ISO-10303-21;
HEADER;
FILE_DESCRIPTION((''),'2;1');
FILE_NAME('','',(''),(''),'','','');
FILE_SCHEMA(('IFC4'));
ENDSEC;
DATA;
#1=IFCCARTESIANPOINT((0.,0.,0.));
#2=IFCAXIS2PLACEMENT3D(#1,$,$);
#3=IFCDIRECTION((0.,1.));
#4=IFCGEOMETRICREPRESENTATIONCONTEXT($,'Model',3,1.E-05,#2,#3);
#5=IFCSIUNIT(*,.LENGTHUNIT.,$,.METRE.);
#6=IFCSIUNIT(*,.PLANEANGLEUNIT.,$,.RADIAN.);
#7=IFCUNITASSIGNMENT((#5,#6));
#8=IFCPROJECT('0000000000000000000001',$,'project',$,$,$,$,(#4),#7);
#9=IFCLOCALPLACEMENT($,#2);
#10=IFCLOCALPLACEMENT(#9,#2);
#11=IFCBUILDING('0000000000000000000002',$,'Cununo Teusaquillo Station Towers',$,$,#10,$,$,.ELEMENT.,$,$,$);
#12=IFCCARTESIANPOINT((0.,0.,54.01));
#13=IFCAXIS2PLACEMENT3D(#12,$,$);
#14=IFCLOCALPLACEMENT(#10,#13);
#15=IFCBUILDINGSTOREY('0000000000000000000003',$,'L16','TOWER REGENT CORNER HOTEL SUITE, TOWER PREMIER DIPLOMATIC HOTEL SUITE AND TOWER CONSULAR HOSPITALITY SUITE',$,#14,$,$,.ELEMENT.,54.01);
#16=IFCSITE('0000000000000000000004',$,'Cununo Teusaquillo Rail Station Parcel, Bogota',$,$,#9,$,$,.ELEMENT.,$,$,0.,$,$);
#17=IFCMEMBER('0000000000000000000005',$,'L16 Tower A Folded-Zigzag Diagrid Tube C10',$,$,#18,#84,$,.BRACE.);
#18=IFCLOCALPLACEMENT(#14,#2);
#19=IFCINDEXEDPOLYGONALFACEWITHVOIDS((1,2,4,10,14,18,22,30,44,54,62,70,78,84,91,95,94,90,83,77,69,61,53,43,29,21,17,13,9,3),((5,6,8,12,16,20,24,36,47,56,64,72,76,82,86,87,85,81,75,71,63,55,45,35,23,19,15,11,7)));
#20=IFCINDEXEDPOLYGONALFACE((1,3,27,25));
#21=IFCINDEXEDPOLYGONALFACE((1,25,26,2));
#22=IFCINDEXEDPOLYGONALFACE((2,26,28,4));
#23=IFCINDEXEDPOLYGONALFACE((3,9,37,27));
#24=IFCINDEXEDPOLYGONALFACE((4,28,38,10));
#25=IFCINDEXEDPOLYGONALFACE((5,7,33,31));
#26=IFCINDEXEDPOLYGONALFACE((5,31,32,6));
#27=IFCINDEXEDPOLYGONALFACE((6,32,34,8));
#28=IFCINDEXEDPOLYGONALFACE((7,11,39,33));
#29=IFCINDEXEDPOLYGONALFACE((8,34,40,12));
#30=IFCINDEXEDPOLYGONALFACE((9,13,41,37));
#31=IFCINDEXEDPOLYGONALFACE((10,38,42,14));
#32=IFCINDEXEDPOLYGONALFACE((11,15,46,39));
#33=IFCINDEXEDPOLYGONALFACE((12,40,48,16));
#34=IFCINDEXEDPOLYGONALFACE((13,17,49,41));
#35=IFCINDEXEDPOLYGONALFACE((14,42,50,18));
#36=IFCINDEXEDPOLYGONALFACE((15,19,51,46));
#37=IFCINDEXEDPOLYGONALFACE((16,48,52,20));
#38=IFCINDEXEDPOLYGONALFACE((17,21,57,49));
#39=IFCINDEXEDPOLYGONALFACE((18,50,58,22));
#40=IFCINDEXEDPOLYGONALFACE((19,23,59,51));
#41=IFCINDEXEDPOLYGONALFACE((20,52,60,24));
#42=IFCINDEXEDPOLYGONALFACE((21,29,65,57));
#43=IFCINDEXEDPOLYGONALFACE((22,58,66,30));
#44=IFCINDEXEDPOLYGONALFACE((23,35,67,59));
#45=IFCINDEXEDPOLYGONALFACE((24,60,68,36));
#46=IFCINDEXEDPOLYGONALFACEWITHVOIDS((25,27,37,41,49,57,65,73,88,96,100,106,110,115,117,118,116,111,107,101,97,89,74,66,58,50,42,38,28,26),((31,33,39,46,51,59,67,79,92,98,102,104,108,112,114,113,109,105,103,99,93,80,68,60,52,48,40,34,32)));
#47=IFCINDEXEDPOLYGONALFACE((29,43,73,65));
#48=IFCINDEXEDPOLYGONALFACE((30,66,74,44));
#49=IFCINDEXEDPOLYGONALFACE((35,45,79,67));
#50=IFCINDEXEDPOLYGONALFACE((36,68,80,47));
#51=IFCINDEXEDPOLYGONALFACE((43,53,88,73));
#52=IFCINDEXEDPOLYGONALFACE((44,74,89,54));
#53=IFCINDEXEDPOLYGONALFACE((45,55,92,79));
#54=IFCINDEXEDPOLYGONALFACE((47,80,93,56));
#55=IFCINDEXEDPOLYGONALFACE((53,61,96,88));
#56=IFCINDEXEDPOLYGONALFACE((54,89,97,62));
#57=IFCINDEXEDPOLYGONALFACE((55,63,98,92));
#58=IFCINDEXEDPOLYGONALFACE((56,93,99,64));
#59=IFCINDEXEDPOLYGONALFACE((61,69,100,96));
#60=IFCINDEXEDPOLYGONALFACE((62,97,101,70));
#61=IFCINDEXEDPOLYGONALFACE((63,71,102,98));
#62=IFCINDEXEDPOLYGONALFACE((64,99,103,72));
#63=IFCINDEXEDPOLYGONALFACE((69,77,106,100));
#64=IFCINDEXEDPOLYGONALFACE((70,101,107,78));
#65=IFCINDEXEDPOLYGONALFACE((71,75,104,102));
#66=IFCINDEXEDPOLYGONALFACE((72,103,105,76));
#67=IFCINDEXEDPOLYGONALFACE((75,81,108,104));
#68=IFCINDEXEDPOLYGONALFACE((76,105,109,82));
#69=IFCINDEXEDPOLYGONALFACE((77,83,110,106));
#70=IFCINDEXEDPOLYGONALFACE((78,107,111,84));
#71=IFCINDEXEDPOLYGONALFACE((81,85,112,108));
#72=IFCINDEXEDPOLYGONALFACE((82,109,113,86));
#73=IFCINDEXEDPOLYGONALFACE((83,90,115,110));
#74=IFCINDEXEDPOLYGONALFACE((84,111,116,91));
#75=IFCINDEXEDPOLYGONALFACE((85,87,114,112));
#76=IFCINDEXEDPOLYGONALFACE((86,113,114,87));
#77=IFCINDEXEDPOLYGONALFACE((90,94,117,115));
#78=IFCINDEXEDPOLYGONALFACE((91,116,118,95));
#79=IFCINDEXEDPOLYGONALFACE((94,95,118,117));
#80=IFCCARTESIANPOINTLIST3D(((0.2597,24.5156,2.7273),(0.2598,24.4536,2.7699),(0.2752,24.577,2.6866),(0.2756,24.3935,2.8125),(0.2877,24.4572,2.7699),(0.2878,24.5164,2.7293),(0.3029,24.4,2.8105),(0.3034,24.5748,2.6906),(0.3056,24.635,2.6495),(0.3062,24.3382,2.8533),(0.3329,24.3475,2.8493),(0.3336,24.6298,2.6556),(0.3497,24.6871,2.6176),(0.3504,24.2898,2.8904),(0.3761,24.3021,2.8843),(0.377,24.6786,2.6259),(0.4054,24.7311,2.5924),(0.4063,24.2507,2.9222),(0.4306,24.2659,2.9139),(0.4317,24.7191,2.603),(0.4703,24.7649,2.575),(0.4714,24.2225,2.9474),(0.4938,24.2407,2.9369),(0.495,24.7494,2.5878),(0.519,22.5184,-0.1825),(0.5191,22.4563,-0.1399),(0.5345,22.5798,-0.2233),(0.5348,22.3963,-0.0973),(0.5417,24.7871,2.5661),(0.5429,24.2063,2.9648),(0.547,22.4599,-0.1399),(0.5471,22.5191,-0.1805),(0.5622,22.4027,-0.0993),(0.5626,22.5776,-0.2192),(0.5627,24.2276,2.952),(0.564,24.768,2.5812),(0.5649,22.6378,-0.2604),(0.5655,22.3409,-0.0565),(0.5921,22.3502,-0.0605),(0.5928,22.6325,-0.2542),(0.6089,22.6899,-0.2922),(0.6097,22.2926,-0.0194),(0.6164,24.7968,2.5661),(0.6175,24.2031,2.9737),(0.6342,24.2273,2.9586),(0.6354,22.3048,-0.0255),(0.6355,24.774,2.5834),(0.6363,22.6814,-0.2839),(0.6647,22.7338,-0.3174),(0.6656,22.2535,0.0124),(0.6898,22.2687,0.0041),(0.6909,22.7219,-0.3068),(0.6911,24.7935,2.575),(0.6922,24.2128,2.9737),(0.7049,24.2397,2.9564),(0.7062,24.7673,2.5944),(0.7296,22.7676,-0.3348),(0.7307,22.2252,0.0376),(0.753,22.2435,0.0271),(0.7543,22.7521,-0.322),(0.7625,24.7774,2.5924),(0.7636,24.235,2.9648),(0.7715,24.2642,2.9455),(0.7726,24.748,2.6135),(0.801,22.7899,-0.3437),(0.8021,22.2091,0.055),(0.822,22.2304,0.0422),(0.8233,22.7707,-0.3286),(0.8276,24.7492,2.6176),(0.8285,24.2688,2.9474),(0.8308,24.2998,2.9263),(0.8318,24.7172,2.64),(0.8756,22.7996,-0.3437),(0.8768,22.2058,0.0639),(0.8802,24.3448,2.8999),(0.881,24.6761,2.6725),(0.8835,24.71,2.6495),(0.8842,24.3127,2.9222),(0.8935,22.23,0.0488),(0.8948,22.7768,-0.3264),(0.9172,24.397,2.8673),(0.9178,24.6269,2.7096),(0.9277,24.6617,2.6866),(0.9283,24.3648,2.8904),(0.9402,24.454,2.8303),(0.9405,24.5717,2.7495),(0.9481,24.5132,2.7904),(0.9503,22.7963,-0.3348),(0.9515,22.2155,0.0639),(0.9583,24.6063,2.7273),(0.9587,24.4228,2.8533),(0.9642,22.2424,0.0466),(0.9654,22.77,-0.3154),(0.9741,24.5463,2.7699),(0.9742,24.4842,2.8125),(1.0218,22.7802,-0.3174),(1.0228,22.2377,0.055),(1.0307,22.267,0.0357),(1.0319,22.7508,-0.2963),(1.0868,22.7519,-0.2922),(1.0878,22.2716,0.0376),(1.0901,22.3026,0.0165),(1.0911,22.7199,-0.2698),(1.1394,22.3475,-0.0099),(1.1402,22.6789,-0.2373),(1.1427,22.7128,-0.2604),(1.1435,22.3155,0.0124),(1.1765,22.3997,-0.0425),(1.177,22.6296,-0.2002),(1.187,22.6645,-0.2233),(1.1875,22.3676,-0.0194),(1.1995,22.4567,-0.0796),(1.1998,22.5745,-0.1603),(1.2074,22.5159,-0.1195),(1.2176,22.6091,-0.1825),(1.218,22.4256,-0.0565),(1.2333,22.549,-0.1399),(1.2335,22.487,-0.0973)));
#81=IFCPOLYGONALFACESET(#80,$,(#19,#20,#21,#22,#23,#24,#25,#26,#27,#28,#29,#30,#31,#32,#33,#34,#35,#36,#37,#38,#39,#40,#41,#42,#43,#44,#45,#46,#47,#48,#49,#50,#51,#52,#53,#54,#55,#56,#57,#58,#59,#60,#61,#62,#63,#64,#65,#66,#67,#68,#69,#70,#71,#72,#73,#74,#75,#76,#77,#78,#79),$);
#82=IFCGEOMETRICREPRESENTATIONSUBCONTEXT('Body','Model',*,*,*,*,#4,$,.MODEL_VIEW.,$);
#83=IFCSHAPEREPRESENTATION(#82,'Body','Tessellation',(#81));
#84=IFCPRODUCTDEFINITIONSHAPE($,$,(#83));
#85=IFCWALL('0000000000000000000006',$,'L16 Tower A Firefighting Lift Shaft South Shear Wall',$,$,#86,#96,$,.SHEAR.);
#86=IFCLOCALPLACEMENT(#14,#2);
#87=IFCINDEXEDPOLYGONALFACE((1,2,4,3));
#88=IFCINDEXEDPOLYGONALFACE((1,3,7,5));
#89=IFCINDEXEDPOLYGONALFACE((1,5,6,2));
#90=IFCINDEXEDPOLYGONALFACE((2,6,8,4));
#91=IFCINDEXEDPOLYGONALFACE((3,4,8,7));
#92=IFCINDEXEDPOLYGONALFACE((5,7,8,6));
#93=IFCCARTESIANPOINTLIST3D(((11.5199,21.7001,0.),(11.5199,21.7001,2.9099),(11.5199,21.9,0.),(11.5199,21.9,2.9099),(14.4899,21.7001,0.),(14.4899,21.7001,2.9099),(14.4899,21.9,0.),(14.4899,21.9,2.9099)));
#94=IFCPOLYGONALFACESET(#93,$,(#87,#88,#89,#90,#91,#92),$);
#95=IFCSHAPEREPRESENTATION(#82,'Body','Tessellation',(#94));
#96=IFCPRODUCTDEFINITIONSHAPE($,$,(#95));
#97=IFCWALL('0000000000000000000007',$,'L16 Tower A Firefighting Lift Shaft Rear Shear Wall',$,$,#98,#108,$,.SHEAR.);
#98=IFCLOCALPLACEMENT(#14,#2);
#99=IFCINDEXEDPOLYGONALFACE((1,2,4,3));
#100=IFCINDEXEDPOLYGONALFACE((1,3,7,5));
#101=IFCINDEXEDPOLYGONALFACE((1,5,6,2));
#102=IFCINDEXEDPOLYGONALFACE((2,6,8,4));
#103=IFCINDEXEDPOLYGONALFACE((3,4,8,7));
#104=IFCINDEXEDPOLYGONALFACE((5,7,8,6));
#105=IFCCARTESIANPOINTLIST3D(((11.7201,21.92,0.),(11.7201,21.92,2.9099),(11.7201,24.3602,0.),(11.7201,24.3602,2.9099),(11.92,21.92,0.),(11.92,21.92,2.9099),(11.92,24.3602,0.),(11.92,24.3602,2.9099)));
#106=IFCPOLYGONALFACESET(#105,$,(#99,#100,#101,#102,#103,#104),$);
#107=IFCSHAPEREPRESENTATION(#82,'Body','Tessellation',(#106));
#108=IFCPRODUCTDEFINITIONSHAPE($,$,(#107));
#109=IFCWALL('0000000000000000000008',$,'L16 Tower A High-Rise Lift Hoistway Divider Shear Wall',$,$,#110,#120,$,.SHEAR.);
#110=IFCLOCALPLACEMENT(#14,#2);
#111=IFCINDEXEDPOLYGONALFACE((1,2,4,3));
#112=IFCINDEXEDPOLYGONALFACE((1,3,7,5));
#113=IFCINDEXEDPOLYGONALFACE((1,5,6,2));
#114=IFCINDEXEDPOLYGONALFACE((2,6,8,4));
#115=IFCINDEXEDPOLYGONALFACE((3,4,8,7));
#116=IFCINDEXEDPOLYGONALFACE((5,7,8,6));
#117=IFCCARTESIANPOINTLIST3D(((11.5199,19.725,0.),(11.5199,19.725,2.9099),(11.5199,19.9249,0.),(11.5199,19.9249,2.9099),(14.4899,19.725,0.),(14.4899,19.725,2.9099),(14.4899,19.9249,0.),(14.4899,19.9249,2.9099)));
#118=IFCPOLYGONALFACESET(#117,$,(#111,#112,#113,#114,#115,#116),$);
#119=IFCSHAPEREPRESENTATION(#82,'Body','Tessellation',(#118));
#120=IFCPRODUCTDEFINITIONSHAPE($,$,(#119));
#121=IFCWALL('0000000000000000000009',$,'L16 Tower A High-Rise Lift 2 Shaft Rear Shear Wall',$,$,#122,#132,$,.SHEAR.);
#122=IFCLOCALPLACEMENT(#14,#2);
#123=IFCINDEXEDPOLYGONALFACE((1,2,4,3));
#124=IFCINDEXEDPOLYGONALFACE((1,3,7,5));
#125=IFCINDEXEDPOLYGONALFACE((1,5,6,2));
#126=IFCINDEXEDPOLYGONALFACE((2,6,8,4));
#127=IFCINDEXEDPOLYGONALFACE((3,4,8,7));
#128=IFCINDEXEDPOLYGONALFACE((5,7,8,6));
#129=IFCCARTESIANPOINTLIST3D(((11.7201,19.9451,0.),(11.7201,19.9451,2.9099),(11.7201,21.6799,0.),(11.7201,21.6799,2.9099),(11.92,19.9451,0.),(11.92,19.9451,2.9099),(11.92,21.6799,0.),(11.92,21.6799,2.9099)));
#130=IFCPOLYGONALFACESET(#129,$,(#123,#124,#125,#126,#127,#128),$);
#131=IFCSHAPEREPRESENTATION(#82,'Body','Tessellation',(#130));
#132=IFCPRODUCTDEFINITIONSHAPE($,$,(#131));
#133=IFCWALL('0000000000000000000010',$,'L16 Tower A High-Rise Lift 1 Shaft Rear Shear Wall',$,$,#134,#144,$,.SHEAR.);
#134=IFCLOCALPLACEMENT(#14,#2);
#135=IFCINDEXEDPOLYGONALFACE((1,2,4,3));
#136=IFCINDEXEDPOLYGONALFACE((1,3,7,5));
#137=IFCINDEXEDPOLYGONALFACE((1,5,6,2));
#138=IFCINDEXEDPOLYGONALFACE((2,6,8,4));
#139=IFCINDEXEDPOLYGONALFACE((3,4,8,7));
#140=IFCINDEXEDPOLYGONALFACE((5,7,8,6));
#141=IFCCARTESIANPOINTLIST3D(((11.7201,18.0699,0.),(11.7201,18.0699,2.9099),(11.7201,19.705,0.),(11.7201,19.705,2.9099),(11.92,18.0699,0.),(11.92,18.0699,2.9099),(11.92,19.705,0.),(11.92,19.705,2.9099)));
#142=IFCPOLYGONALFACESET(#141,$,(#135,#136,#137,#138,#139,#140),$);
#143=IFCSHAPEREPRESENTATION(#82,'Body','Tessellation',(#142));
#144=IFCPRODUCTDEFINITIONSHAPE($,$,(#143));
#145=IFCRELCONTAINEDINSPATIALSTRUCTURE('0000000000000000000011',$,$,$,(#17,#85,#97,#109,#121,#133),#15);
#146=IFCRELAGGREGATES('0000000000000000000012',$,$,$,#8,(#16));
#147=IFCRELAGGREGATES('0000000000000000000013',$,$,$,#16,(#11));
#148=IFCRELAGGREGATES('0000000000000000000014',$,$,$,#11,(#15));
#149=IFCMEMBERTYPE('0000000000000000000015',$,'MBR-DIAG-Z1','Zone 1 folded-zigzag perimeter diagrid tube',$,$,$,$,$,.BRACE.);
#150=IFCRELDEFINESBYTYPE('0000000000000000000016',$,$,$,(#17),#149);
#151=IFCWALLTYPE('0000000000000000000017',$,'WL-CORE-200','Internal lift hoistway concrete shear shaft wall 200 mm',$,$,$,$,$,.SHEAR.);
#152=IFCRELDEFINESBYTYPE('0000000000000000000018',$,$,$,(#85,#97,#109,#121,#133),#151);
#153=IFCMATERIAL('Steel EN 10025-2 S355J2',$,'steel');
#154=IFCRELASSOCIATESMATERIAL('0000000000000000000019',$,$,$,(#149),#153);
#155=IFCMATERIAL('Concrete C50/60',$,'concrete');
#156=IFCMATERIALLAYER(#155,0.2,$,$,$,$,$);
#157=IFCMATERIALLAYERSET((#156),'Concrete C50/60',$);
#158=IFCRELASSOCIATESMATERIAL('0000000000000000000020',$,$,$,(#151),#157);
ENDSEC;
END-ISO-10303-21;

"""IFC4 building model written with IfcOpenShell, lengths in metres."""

from ifc_helpers import new_model, si_unit, direction, frame, frame_2d, origin, origin_2d, place, context, subcontext, project, spatial, rectangle, hollow_circle, extrude, material, layer, layer_set, material_profile, profile_set, type_object, element, save


model = new_model("IFC4")

# Units and contexts
model_context = context("Model", 3, precision=1e-05, world=origin(), true_north=direction((0.0, 1.0)))
body_context = subcontext(model_context, "Body", "Model", "MODEL_VIEW")
ifc_project = project(units=[si_unit("LENGTHUNIT", "METRE"), si_unit("PLANEANGLEUNIT", "RADIAN")], contexts=[model_context])

# Site, building, storey
site_placement = place(None, origin())
site = spatial("IfcSite", under=ifc_project, at=site_placement, Name="Cununo Teusaquillo Rail Station Parcel, Bogota", CompositionType="ELEMENT", RefElevation=0.0)
building_placement = place(site_placement, origin())
building = spatial("IfcBuilding", under=site, at=building_placement, Name="Cununo Teusaquillo Station Towers", CompositionType="ELEMENT")
storey_placement = place(building_placement, frame((0.0, 0.0, 54.01)))
storey = spatial("IfcBuildingStorey", under=building, at=storey_placement, Name="L16", Description="TOWER REGENT CORNER HOTEL SUITE, TOWER PREMIER DIPLOMATIC HOTEL SUITE AND TOWER CONSULAR HOSPITALITY SUITE", CompositionType="ELEMENT", Elevation=54.01)

# Member
ifc_material_1 = material(Name="Steel EN 10025-2 S355J2", Category="steel")
ifc_material_profile_1 = material_profile(ifc_material_1, hollow_circle(Radius=0.3601, WallThickness=0.0281, at=origin_2d()), Name="CHS 720x28")
ifc_profile_set_1 = profile_set([ifc_material_profile_1], Name="Steel EN 10025-2 S355J2")
member_type = type_object("IfcMemberType", Name="MBR-DIAG-Z1", Description="Zone 1 folded-zigzag perimeter diagrid tube", PredefinedType="BRACE", material=ifc_profile_set_1)
member_placement = place(storey_placement, frame((0.8762, 22.5027, -0.1399), z_axis=(-0.073264, 0.564383, 0.822256), x_axis=(-0.991679, -0.128733, 0.0)))
element("IfcMember", 1, at=member_placement, inside=storey, type_object=member_type, Name="L16 Tower A Folded-Zigzag Diagrid Tube C10", PredefinedType="BRACE", context=body_context, shape_type="SweptSolid", body=[
    extrude(hollow_circle(Radius=0.3601, WallThickness=0.0281, at=origin_2d()), origin(), (0.0, 0.0, 1.0), 3.5388),
])

# Walls
ifc_material_2 = material(Name="Concrete C50/60", Category="concrete")
ifc_layer_1 = layer(ifc_material_2, 0.2)
ifc_layer_set_1 = layer_set([ifc_layer_1], Name="Concrete C50/60")
wall_type_1 = type_object("IfcWallType", Name="WL-CORE-200", Description="Internal lift hoistway concrete shear shaft wall 200 mm", PredefinedType="SHEAR", material=ifc_layer_set_1)
wall_1_placement = place(storey_placement, frame((11.52, 21.8, 0.0), z_axis=(0.0, 0.0, 1.0), x_axis=(1.0, 0.0, 0.0)))
element("IfcWall", 2, at=wall_1_placement, inside=storey, type_object=wall_type_1, Name="L16 Tower A Firefighting Lift Shaft South Shear Wall", PredefinedType="SHEAR", context=body_context, shape_type="SweptSolid", body=[
    extrude(rectangle(XDim=2.97, YDim=0.2, at=frame_2d((1.4849, 0.0))), origin(), (0.0, 0.0, 1.0), 2.9099),
])
wall_2_placement = place(storey_placement, frame((11.8201, 21.9199, 0.0), z_axis=(0.0, 0.0, 1.0), x_axis=(0.0, 1.0, 0.0)))
element("IfcWall", 3, at=wall_2_placement, inside=storey, type_object=wall_type_1, Name="L16 Tower A Firefighting Lift Shaft Rear Shear Wall", PredefinedType="SHEAR", context=body_context, shape_type="SweptSolid", body=[
    extrude(rectangle(XDim=2.4402, YDim=0.2, at=frame_2d((1.2202, 0.0))), origin(), (0.0, 0.0, 1.0), 2.9099),
])
wall_3_placement = place(storey_placement, frame((11.52, 19.825, 0.0), z_axis=(0.0, 0.0, 1.0), x_axis=(1.0, 0.0, 0.0)))
element("IfcWall", 4, at=wall_3_placement, inside=storey, type_object=wall_type_1, Name="L16 Tower A High-Rise Lift Hoistway Divider Shear Wall", PredefinedType="SHEAR", context=body_context, shape_type="SweptSolid", body=[
    extrude(rectangle(XDim=2.97, YDim=0.2, at=frame_2d((1.4849, 0.0))), origin(), (0.0, 0.0, 1.0), 2.9099),
])
wall_4_placement = place(storey_placement, frame((11.8201, 19.9451, 0.0), z_axis=(0.0, 0.0, 1.0), x_axis=(0.0, 1.0, 0.0)))
element("IfcWall", 5, at=wall_4_placement, inside=storey, type_object=wall_type_1, Name="L16 Tower A High-Rise Lift 2 Shaft Rear Shear Wall", PredefinedType="SHEAR", context=body_context, shape_type="SweptSolid", body=[
    extrude(rectangle(XDim=1.7349, YDim=0.2, at=frame_2d((0.8674, 0.0))), origin(), (0.0, 0.0, 1.0), 2.9099),
])
wall_5_placement = place(storey_placement, frame((11.8201, 18.0701, 0.0), z_axis=(0.0, 0.0, 1.0), x_axis=(0.0, 1.0, 0.0)))
element("IfcWall", 6, at=wall_5_placement, inside=storey, type_object=wall_type_1, Name="L16 Tower A High-Rise Lift 1 Shaft Rear Shear Wall", PredefinedType="SHEAR", context=body_context, shape_type="SweptSolid", body=[
    extrude(rectangle(XDim=1.635, YDim=0.2, at=frame_2d((0.8174, 0.0))), origin(), (0.0, 0.0, 1.0), 2.9099),
])

save(model, "model.ifc")
